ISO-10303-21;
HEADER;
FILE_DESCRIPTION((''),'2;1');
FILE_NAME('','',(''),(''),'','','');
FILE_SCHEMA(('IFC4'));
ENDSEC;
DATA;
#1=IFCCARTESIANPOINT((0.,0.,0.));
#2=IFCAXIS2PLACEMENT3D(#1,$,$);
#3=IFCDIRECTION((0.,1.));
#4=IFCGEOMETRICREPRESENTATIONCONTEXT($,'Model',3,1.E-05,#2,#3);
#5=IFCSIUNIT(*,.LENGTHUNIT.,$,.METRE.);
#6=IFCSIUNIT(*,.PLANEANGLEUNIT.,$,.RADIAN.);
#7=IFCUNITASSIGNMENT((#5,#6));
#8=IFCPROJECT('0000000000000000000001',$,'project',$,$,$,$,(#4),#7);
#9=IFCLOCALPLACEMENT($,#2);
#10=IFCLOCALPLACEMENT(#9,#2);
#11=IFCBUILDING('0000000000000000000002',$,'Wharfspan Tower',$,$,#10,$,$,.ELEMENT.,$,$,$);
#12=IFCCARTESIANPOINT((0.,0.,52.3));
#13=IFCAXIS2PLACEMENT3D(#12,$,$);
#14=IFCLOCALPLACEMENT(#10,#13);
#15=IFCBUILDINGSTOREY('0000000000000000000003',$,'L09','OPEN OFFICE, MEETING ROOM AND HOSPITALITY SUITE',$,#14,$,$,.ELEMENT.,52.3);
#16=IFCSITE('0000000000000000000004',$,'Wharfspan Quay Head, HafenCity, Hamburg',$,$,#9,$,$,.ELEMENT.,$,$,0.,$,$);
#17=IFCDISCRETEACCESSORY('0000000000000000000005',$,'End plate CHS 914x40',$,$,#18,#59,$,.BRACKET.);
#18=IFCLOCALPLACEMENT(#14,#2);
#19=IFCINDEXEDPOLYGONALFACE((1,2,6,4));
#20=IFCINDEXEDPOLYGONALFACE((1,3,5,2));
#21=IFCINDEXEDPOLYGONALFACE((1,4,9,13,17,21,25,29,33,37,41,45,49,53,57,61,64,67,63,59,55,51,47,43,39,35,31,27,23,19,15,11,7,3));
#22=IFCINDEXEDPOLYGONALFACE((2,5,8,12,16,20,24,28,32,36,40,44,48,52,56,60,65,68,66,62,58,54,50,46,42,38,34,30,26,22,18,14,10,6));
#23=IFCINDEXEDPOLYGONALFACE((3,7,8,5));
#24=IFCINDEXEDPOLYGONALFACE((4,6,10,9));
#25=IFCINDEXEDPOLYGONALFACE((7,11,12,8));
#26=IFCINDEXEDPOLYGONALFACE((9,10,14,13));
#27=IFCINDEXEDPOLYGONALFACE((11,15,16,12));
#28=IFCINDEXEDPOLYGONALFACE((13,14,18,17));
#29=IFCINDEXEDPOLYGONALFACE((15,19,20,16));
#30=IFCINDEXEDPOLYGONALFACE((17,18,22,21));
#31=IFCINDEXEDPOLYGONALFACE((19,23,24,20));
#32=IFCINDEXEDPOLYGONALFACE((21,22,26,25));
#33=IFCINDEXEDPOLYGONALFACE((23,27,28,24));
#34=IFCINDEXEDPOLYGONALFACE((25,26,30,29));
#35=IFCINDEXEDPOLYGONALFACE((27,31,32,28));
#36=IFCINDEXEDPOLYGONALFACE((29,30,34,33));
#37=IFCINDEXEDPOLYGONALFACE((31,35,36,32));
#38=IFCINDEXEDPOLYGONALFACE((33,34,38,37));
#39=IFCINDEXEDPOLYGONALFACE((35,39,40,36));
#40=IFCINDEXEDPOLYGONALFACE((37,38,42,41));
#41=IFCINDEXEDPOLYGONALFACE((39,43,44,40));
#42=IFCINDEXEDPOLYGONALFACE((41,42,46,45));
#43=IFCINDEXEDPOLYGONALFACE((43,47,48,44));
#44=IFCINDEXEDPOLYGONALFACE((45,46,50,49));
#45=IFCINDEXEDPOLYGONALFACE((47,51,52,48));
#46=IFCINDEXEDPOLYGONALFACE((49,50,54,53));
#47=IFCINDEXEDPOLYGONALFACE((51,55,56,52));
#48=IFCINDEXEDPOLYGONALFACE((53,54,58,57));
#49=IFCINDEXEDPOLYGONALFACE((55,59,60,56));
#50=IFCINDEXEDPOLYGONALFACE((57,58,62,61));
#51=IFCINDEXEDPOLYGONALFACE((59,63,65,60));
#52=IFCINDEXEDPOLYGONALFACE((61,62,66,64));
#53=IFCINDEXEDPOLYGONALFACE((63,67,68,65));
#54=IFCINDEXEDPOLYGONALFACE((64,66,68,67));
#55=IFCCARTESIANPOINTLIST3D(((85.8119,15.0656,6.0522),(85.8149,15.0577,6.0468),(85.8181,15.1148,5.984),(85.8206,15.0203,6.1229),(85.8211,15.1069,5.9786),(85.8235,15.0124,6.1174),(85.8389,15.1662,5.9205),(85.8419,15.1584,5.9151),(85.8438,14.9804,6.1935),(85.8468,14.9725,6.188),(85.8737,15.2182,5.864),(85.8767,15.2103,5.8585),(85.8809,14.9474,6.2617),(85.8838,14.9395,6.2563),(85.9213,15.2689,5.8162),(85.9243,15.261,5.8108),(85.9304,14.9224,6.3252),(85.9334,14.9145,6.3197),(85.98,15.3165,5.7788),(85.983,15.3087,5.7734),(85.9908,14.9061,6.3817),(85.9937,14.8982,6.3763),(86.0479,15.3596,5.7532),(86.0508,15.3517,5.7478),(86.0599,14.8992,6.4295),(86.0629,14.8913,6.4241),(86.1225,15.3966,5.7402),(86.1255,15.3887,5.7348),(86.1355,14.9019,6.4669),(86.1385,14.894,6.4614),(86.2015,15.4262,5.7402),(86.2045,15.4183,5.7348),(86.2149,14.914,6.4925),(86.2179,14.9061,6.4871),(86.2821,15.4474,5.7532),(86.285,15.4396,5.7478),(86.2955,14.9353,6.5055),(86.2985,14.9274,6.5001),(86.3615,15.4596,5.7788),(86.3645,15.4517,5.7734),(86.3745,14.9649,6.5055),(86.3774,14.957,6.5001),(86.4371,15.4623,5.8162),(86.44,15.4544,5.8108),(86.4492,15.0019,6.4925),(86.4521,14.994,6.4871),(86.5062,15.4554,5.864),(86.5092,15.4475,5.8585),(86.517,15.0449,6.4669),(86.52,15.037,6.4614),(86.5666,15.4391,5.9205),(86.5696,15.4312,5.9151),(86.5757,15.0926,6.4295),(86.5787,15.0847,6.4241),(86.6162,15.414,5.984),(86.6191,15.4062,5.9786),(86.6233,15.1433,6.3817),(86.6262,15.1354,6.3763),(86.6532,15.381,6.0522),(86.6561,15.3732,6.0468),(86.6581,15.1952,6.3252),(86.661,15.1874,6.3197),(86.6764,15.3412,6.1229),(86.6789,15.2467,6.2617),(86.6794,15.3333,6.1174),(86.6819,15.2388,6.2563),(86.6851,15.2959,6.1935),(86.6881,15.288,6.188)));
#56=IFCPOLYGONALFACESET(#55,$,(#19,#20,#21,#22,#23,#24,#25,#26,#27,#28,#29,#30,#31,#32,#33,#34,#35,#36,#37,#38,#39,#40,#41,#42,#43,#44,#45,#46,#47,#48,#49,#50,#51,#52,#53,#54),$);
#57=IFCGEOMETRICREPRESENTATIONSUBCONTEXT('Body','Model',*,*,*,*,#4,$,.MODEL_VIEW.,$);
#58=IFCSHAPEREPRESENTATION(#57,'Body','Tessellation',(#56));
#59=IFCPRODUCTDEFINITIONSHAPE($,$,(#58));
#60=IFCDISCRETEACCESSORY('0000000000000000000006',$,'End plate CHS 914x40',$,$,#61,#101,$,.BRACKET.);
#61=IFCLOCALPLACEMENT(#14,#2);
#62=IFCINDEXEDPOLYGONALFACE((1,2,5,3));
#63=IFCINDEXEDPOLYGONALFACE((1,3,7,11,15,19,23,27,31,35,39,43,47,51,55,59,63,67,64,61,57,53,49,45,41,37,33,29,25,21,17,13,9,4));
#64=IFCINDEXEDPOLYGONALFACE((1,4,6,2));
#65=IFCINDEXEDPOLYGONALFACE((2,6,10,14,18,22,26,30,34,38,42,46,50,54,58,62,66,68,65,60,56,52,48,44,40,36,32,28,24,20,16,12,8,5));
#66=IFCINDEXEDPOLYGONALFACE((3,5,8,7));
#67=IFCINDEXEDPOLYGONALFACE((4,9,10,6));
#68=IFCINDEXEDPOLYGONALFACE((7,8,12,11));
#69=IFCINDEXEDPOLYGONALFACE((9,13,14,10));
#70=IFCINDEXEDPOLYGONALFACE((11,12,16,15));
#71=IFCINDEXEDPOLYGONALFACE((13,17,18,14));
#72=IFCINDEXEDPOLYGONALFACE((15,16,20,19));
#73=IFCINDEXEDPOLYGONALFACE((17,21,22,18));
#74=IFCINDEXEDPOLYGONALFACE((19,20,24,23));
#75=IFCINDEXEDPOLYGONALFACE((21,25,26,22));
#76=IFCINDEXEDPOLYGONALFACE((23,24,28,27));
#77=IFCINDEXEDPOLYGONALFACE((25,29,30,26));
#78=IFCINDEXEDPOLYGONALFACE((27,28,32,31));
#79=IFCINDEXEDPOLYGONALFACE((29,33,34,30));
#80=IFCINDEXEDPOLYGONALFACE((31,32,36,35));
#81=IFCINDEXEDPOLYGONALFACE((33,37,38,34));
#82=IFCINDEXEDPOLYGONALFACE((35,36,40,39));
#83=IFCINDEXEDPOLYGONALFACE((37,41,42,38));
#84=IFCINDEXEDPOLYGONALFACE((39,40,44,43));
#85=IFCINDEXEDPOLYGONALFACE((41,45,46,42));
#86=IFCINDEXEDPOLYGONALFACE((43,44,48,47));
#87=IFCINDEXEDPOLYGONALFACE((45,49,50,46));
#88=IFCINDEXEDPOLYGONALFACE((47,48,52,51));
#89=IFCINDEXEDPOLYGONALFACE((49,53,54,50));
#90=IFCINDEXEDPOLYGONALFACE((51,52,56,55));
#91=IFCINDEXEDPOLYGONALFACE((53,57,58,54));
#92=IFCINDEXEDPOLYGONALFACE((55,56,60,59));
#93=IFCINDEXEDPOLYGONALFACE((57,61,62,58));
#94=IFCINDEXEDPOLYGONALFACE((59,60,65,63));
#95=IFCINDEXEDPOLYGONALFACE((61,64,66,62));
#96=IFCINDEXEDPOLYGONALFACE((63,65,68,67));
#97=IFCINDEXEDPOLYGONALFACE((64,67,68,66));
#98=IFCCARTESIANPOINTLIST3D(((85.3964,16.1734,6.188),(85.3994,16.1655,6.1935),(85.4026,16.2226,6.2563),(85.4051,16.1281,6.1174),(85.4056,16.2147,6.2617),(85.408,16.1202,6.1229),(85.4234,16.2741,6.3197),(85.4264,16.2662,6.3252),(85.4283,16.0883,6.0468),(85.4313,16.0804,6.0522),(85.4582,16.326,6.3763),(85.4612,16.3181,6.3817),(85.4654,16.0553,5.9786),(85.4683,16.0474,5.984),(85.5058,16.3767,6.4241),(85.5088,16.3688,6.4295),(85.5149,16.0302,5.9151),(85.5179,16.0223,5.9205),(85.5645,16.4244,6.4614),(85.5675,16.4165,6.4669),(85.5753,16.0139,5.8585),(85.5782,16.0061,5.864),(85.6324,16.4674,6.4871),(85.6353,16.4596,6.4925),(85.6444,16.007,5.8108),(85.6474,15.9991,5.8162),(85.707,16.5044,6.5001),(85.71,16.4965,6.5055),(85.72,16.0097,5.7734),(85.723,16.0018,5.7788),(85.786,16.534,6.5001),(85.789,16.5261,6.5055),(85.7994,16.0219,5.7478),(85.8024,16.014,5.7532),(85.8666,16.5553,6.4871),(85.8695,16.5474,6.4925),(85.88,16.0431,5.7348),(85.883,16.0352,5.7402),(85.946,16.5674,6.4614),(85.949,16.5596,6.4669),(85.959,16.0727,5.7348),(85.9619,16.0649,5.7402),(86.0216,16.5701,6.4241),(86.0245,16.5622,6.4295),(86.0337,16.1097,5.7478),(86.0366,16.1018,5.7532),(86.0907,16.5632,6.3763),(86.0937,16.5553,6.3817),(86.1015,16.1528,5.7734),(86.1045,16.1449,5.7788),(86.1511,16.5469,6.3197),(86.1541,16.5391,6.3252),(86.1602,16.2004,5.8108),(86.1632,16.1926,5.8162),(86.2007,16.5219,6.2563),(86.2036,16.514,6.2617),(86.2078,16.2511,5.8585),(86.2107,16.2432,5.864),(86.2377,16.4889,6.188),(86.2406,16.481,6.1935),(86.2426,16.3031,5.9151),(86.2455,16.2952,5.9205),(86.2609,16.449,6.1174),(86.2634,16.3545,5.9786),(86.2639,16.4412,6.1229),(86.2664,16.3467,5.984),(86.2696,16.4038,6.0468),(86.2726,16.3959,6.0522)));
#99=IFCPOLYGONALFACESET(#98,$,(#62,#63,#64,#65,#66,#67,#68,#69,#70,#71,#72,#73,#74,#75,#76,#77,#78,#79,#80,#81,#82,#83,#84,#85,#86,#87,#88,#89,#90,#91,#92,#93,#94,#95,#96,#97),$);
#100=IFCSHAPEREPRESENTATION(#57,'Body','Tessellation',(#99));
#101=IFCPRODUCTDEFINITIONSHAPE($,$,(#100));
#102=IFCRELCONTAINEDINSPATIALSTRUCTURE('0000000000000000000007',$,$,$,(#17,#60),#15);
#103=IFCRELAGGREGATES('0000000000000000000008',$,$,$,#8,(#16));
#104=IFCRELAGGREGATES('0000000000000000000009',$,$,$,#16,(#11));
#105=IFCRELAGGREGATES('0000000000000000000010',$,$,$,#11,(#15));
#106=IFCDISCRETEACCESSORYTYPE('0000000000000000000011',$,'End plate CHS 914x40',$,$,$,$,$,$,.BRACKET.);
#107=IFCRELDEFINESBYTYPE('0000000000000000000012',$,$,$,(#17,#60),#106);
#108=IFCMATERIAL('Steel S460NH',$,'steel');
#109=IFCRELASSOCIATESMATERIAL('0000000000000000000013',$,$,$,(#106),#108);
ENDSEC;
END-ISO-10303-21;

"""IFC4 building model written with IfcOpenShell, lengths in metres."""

from ifc_helpers import new_model, si_unit, direction, frame, origin, origin_2d, place, context, subcontext, project, spatial, circle, extrude, material, material_profile, profile_set, type_object, element, save


model = new_model("IFC4")

# Units and contexts
model_context = context("Model", 3, precision=1e-05, world=origin(), true_north=direction((0.0, 1.0)))
body_context = subcontext(model_context, "Body", "Model", "MODEL_VIEW")
ifc_project = project(units=[si_unit("LENGTHUNIT", "METRE"), si_unit("PLANEANGLEUNIT", "RADIAN")], contexts=[model_context])

# Site, building, storey
site_placement = place(None, origin())
site = spatial("IfcSite", under=ifc_project, at=site_placement, Name="Wharfspan Quay Head, HafenCity, Hamburg", CompositionType="ELEMENT", RefElevation=0.0)
building_placement = place(site_placement, origin())
building = spatial("IfcBuilding", under=site, at=building_placement, Name="Wharfspan Tower", CompositionType="ELEMENT")
storey_placement = place(building_placement, frame((0.0, 0.0, 52.3)))
storey = spatial("IfcBuildingStorey", under=building, at=storey_placement, Name="L09", Description="OPEN OFFICE, MEETING ROOM AND HOSPITALITY SUITE", CompositionType="ELEMENT", Elevation=52.3)

# Shared definitions
ifc_material_1 = material(Name="Steel S460NH", Category="steel")

# Discrete accessories
ifc_material_profile_1 = material_profile(ifc_material_1, circle(Radius=0.457, at=origin_2d()))
ifc_profile_set_1 = profile_set([ifc_material_profile_1], Name="Steel S460NH")
discrete_accessory_type = type_object("IfcDiscreteAccessoryType", Name="End plate CHS 914x40", PredefinedType="BRACKET", material=ifc_profile_set_1)
for number, where, z_axis, x_axis, name in (
    (1, (86.2515, 15.1729, 6.1174), (-0.295241, 0.787309, 0.541275), (-0.936333, -0.351125, 0.0), "End plate CHS 914x40"),
    (2, (85.833, 16.2886, 6.1174), (0.295241, -0.787309, 0.541275), (0.936333, 0.351125, 0.0), "End plate CHS 914x40"),
):
    element("IfcDiscreteAccessory", number, at=place(storey_placement, frame(where, z_axis=z_axis, x_axis=x_axis)), inside=storey, type_object=discrete_accessory_type, Name=name, PredefinedType="BRACKET", context=body_context, shape_type="SweptSolid", body=[
        extrude(circle(Radius=0.457, at=origin_2d()), origin(), (0.0, 0.0, 1.0), 0.01),
    ])

save(model, "model.ifc")
